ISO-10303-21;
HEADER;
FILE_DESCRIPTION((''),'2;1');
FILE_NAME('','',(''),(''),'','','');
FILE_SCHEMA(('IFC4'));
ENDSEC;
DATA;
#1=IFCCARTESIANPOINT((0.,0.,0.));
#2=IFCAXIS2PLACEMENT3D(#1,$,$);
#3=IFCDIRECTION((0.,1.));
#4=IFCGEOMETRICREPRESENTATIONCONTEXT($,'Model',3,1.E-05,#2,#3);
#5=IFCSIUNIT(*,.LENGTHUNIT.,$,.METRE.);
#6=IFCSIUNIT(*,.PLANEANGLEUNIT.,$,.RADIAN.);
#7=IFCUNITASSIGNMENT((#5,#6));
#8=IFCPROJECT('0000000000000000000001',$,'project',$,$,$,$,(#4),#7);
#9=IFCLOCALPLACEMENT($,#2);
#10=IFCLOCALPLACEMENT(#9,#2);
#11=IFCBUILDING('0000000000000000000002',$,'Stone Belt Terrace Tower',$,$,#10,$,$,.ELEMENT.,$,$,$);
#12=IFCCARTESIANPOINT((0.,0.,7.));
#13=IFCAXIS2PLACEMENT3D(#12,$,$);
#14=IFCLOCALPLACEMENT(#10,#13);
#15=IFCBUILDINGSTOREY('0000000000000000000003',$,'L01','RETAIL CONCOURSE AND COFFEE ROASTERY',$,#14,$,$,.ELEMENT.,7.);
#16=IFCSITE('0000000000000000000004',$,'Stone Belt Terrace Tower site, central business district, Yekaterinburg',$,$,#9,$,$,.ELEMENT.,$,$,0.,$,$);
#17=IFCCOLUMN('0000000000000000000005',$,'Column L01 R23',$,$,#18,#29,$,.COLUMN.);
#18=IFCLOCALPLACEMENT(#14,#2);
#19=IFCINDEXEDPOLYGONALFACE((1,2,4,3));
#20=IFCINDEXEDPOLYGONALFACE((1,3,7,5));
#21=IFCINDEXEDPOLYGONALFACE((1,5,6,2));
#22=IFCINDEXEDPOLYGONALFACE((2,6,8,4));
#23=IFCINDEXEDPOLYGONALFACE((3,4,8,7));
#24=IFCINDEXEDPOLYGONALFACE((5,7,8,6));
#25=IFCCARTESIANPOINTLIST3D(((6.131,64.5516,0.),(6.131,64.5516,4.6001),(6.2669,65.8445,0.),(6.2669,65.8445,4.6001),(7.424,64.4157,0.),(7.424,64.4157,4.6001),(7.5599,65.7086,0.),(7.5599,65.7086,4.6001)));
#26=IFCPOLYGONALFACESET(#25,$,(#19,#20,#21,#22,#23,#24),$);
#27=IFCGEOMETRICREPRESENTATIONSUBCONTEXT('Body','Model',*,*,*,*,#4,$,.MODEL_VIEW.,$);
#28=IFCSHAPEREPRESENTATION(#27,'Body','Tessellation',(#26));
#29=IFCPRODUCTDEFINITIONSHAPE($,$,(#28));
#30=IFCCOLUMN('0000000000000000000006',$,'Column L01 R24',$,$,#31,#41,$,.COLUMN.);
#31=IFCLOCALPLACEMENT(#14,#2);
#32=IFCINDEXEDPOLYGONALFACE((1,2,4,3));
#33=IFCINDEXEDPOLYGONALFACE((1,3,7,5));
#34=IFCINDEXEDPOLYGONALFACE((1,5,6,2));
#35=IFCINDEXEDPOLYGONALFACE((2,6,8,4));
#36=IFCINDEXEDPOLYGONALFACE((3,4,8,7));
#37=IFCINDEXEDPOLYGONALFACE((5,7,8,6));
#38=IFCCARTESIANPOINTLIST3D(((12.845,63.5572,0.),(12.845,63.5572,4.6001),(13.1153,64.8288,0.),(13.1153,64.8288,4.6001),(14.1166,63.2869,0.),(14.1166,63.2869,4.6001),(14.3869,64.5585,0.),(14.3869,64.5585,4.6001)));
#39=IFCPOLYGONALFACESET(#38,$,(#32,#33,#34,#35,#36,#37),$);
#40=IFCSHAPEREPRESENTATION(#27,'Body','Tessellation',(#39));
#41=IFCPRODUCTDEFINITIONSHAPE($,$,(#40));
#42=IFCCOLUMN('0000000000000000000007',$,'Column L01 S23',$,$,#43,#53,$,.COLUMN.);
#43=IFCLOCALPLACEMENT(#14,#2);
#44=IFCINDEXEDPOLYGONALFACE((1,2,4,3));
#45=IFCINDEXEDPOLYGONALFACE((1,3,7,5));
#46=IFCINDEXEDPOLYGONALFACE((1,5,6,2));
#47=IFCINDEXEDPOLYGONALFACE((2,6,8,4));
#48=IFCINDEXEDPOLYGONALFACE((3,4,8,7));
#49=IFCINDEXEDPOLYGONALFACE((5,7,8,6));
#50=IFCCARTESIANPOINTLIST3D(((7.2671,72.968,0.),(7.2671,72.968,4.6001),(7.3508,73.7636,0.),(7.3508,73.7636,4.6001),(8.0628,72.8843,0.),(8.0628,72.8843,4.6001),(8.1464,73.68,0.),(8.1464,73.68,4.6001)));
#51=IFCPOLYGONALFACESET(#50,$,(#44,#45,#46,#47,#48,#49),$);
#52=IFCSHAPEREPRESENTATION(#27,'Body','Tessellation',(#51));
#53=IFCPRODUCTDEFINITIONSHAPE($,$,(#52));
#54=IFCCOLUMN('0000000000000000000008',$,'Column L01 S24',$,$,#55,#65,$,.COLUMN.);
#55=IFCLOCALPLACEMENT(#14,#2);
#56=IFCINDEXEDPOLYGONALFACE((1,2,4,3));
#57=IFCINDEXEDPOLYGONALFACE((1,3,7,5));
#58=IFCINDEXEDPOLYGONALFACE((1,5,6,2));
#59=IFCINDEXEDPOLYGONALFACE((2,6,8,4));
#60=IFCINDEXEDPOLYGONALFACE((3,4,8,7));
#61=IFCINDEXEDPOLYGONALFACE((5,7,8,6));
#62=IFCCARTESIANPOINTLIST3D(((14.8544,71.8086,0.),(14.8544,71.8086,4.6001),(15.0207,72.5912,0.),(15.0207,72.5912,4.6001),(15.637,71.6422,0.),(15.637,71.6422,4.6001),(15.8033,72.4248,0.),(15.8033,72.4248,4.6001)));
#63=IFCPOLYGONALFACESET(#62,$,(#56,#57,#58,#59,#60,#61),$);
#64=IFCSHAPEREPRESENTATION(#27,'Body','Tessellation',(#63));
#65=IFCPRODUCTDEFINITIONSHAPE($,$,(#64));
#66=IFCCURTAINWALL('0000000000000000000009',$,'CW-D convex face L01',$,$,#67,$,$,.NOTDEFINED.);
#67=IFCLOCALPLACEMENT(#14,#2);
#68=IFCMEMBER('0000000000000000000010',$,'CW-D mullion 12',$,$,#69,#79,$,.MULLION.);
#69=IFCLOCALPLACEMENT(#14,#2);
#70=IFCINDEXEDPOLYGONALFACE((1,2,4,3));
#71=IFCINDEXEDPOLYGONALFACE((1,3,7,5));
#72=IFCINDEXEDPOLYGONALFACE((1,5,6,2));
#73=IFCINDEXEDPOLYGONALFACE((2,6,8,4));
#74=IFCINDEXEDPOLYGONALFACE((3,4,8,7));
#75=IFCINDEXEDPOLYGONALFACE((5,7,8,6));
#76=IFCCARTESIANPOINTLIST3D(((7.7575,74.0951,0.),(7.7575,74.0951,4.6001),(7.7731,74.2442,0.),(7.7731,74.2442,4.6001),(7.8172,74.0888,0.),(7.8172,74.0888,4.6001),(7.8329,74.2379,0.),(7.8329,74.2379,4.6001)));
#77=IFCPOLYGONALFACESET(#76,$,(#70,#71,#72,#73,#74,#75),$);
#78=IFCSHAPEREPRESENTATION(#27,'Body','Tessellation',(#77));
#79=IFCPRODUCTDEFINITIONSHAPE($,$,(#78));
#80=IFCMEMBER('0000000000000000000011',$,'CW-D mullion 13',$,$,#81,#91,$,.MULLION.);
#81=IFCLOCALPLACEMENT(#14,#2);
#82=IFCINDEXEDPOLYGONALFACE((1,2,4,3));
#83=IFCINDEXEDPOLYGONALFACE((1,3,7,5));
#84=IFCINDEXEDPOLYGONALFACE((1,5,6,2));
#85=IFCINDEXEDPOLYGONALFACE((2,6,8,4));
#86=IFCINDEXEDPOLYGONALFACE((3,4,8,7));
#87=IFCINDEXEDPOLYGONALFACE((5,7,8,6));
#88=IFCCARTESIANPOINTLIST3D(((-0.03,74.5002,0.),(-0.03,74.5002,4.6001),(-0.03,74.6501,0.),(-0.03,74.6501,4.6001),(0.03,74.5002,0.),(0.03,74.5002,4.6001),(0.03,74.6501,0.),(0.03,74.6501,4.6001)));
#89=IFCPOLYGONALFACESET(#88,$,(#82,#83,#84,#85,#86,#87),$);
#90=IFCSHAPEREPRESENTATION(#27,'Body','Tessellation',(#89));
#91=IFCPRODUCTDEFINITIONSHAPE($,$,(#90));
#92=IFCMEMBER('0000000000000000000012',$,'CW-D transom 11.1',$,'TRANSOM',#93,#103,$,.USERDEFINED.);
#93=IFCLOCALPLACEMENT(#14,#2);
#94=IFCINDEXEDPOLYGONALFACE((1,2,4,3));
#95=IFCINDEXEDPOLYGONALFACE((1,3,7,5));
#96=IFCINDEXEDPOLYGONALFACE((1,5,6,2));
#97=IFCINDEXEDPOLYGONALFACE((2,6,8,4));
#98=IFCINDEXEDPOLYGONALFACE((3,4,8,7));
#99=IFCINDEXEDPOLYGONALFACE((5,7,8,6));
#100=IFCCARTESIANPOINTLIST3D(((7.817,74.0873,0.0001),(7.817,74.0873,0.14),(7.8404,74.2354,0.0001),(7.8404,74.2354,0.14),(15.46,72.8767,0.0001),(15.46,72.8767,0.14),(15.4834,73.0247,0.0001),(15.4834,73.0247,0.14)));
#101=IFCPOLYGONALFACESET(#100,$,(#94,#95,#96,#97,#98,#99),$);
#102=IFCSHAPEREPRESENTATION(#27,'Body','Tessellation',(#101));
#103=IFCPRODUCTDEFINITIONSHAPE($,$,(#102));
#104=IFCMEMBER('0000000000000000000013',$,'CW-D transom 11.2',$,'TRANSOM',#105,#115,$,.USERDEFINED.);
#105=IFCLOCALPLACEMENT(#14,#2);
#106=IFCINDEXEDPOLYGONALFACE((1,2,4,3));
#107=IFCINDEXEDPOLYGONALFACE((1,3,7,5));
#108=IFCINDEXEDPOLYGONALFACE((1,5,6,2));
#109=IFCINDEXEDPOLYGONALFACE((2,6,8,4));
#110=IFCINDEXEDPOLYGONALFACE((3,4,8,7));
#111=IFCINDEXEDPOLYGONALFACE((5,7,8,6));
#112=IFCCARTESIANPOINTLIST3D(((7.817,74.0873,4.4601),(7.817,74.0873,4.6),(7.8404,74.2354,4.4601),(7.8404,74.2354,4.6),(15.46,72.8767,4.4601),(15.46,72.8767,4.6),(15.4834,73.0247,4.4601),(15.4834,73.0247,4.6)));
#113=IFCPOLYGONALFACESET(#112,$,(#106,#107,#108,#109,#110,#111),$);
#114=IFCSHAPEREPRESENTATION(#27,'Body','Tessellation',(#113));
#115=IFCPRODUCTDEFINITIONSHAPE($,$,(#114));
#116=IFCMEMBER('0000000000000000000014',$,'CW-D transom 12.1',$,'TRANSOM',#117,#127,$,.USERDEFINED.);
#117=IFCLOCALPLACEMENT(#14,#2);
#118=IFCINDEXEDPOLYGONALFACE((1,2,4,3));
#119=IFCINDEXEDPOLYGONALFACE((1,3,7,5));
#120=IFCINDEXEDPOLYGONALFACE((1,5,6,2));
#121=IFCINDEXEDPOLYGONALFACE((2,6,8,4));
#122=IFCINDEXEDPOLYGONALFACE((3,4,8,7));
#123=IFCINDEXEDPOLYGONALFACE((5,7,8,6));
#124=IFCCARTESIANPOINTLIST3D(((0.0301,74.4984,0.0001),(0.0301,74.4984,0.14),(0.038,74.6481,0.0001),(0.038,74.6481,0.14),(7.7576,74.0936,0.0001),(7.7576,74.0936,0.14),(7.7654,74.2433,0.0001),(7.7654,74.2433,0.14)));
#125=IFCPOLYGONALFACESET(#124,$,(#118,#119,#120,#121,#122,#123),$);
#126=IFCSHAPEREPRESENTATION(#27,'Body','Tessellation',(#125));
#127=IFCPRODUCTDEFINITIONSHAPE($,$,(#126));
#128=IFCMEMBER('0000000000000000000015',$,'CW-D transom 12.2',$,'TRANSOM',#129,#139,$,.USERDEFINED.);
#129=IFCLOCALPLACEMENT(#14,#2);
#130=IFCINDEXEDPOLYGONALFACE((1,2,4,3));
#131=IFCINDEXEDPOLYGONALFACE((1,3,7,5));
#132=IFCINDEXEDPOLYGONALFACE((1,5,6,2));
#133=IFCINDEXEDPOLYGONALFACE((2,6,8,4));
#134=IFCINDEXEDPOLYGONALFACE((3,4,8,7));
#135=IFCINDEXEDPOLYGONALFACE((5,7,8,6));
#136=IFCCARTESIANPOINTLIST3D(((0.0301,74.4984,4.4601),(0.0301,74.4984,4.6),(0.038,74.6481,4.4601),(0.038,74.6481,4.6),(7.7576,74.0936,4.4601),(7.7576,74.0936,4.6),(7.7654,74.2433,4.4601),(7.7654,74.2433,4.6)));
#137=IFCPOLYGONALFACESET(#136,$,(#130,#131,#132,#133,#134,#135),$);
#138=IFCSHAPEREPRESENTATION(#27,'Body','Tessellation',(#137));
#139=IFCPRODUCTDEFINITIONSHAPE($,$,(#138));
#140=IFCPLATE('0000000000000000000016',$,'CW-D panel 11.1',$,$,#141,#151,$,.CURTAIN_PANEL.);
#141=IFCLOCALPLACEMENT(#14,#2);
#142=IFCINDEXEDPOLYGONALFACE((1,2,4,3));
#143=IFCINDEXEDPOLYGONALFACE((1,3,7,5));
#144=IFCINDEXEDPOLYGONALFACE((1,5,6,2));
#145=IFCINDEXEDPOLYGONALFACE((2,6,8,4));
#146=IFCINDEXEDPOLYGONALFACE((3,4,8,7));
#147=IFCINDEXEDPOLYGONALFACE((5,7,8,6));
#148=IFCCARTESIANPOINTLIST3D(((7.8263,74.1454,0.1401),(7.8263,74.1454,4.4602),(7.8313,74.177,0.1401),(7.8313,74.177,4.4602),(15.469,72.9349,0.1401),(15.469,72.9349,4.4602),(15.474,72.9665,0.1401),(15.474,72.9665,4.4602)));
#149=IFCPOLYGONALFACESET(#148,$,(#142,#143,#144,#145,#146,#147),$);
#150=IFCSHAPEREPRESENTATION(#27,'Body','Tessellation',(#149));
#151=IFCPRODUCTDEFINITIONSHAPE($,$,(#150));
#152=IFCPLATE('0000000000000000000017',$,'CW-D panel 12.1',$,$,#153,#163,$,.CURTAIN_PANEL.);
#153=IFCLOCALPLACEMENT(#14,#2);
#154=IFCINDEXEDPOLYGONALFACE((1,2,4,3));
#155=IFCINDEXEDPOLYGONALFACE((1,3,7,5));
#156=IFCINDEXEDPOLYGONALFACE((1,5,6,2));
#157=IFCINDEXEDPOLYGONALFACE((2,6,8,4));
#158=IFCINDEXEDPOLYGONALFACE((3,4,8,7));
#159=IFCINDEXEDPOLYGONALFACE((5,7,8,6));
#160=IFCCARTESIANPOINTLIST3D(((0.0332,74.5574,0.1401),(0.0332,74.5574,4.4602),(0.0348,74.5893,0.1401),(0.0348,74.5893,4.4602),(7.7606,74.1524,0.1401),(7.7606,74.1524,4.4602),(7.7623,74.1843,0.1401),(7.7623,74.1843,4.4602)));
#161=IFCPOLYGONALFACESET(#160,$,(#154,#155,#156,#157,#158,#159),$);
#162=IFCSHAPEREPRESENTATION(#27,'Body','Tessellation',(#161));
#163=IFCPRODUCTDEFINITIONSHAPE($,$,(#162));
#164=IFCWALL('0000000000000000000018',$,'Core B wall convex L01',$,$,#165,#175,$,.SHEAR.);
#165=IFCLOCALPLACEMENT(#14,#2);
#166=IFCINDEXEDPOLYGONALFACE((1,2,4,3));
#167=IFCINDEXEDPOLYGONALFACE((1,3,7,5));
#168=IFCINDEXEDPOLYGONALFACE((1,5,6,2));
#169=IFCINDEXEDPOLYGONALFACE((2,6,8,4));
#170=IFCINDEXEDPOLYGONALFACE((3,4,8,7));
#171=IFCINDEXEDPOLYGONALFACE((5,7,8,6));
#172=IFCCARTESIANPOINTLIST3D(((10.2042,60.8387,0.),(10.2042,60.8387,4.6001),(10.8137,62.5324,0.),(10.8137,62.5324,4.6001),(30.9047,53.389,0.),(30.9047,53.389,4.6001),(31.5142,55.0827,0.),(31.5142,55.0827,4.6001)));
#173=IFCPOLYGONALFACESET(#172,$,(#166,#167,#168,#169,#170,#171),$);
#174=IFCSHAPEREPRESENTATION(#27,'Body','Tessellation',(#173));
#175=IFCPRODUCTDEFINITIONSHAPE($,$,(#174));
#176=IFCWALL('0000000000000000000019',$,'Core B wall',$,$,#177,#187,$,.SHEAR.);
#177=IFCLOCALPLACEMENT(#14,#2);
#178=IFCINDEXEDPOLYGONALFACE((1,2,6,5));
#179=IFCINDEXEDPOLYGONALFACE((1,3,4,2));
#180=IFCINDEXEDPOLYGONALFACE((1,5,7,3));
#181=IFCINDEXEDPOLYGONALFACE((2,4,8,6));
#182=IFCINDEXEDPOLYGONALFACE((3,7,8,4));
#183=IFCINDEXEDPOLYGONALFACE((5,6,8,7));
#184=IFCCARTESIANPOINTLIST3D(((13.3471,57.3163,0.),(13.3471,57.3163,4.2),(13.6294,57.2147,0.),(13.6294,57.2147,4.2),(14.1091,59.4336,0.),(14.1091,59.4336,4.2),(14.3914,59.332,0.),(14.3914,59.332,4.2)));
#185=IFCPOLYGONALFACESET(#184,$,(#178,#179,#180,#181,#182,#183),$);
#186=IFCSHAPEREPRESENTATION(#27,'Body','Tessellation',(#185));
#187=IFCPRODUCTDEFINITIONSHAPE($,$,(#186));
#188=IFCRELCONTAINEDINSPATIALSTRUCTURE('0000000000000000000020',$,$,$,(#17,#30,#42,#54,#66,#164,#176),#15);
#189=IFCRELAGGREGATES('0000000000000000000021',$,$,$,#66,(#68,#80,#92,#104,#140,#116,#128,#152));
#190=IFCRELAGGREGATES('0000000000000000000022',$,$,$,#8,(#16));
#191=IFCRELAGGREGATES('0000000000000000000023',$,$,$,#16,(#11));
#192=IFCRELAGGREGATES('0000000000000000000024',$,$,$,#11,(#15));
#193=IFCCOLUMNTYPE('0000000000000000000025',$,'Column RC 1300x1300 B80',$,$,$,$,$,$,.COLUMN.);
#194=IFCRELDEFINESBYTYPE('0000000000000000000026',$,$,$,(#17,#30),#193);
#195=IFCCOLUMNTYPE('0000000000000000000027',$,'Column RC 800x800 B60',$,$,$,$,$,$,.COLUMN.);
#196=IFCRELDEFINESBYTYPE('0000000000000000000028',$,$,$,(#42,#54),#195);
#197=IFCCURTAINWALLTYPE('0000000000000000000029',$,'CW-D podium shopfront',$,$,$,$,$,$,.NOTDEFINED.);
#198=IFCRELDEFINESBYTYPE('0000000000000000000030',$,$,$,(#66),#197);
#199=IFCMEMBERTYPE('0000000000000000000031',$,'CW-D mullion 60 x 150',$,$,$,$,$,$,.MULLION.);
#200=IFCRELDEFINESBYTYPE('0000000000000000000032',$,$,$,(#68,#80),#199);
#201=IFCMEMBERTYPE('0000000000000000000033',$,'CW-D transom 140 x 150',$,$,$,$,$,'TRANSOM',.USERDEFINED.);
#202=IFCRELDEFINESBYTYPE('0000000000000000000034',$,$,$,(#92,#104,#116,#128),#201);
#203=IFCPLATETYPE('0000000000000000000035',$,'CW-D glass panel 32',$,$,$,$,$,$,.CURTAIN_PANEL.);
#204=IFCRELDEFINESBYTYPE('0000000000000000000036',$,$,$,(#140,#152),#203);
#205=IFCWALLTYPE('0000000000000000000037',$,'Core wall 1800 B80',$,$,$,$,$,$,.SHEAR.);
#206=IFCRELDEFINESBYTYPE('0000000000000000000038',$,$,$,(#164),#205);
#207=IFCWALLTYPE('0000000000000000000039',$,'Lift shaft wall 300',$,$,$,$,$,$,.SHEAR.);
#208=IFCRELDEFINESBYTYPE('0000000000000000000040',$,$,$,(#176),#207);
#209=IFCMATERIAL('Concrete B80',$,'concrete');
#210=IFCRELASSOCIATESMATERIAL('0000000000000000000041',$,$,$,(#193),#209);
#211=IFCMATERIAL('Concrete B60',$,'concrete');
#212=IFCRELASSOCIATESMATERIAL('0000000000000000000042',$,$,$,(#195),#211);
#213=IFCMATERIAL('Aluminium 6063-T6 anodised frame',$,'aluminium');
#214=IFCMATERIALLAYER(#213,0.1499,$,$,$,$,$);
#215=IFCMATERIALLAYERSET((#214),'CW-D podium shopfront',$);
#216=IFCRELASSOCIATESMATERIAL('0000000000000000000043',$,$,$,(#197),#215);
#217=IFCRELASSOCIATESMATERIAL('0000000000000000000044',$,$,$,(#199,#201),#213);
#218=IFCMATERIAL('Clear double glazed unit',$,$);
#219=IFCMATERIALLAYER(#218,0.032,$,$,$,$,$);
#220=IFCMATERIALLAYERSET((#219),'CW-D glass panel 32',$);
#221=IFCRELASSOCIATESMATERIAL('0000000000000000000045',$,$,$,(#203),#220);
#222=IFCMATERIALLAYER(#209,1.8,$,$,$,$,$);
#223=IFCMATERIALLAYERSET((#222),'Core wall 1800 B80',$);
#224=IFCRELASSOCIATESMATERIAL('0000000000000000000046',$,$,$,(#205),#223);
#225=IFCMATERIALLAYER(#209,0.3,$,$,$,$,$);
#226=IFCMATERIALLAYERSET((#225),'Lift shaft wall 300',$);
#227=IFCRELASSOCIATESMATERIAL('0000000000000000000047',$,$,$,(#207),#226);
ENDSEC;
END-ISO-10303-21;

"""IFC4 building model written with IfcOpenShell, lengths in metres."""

from ifc_helpers import new_model, si_unit, direction, frame, frame_2d, origin, origin_2d, place, context, subcontext, project, spatial, rectangle, extrude, material, layer, layer_set, material_profile, profile_set, type_object, element, aggregate, save


model = new_model("IFC4")

# Units and contexts
model_context = context("Model", 3, precision=1e-05, world=origin(), true_north=direction((0.0, 1.0)))
body_context = subcontext(model_context, "Body", "Model", "MODEL_VIEW")
ifc_project = project(units=[si_unit("LENGTHUNIT", "METRE"), si_unit("PLANEANGLEUNIT", "RADIAN")], contexts=[model_context])

# Site, building, storey
site_placement = place(None, origin())
site = spatial("IfcSite", under=ifc_project, at=site_placement, Name="Stone Belt Terrace Tower site, central business district, Yekaterinburg", CompositionType="ELEMENT", RefElevation=0.0)
building_placement = place(site_placement, origin())
building = spatial("IfcBuilding", under=site, at=building_placement, Name="Stone Belt Terrace Tower", CompositionType="ELEMENT")
storey_placement = place(building_placement, frame((0.0, 0.0, 7.0)))
storey = spatial("IfcBuildingStorey", under=building, at=storey_placement, Name="L01", Description="RETAIL CONCOURSE AND COFFEE ROASTERY", CompositionType="ELEMENT", Elevation=7.0)

# Columns
ifc_material_1 = material(Name="Concrete B80", Category="concrete")
ifc_material_profile_1 = material_profile(ifc_material_1, rectangle(XDim=1.3, YDim=1.3, at=origin_2d()), Name="RC 1300x1300")
ifc_profile_set_1 = profile_set([ifc_material_profile_1], Name="Concrete B80")
column_type_1 = type_object("IfcColumnType", Name="Column RC 1300x1300 B80", PredefinedType="COLUMN", material=ifc_profile_set_1)
for number, where, z_axis, x_axis, name in (
    (1, (6.8455, 65.1301, 0.0), (0.0, 0.0, 1.0), (0.994522, -0.104528, 0.0), "Column L01 R23"),
    (2, (13.616, 64.0579, 0.0), (0.0, 0.0, 1.0), (0.978148, -0.207912, 0.0), "Column L01 R24"),
):
    element("IfcColumn", number, at=place(storey_placement, frame(where, z_axis=z_axis, x_axis=x_axis)), inside=storey, type_object=column_type_1, Name=name, PredefinedType="COLUMN", context=body_context, shape_type="SweptSolid", body=[
        extrude(rectangle(XDim=1.3, YDim=1.3, at=origin_2d()), origin(), (0.0, 0.0, 1.0), 4.6001),
    ])
ifc_material_2 = material(Name="Concrete B60", Category="concrete")
ifc_material_profile_2 = material_profile(ifc_material_2, rectangle(XDim=0.8, YDim=0.8, at=origin_2d()), Name="RC 800x800")
ifc_profile_set_2 = profile_set([ifc_material_profile_2], Name="Concrete B60")
column_type_2 = type_object("IfcColumnType", Name="Column RC 800x800 B60", PredefinedType="COLUMN", material=ifc_profile_set_2)
for number, where, z_axis, x_axis, name in (
    (3, (7.7068, 73.324, 0.0), (0.0, 0.0, 1.0), (0.994522, -0.104528, 0.0), "Column L01 S23"),
    (4, (15.3289, 72.1167, 0.0), (0.0, 0.0, 1.0), (0.978148, -0.207912, 0.0), "Column L01 S24"),
):
    element("IfcColumn", number, at=place(storey_placement, frame(where, z_axis=z_axis, x_axis=x_axis)), inside=storey, type_object=column_type_2, Name=name, PredefinedType="COLUMN", context=body_context, shape_type="SweptSolid", body=[
        extrude(rectangle(XDim=0.8, YDim=0.8, at=origin_2d()), origin(), (0.0, 0.0, 1.0), 4.6001),
    ])

# Curtain wall, members, plates
ifc_material_3 = material(Name="Aluminium 6063-T6 anodised frame", Category="aluminium")
ifc_layer_1 = layer(ifc_material_3, 0.1499)
ifc_layer_set_1 = layer_set([ifc_layer_1], Name="CW-D podium shopfront")
curtain_wall_type = type_object("IfcCurtainWallType", Name="CW-D podium shopfront", PredefinedType="NOTDEFINED", material=ifc_layer_set_1)
curtain_wall_placement = place(storey_placement, origin())
curtain_wall = element("IfcCurtainWall", 5, at=curtain_wall_placement, inside=storey, type_object=curtain_wall_type, Name="CW-D convex face L01", PredefinedType="NOTDEFINED")
ifc_material_profile_3 = material_profile(ifc_material_3, rectangle(XDim=0.1499, YDim=0.0601, at=origin_2d()), Name="Aluminium 6063-T6 60x150")
ifc_profile_set_3 = profile_set([ifc_material_profile_3], Name="Aluminium 6063-T6 anodised frame")
member_type_1 = type_object("IfcMemberType", Name="CW-D mullion 60 x 150", PredefinedType="MULLION", material=ifc_profile_set_3)
member_1_placement = place(storey_placement, frame((7.7952, 74.1665, 0.0), z_axis=(0.0, 0.0, 1.0), x_axis=(-0.104528, -0.994522, 0.0)))
member_1 = element("IfcMember", 6, at=member_1_placement, type_object=member_type_1, Name="CW-D mullion 12", PredefinedType="MULLION", context=body_context, shape_type="SweptSolid", body=[
    extrude(rectangle(XDim=0.1499, YDim=0.0601, at=origin_2d()), origin(), (0.0, 0.0, 1.0), 4.6001),
])
member_2_placement = place(storey_placement, frame((0.0, 74.5752, 0.0), z_axis=(0.0, 0.0, 1.0), x_axis=(0.0, -1.0, 0.0)))
member_2 = element("IfcMember", 7, at=member_2_placement, type_object=member_type_1, Name="CW-D mullion 13", PredefinedType="MULLION", context=body_context, shape_type="SweptSolid", body=[
    extrude(rectangle(XDim=0.1499, YDim=0.0601, at=origin_2d()), origin(), (0.0, 0.0, 1.0), 4.6001),
])
ifc_material_profile_4 = material_profile(ifc_material_3, rectangle(XDim=0.1499, YDim=0.1399, at=origin_2d()), Name="Aluminium 6063-T6 150x140")
ifc_profile_set_4 = profile_set([ifc_material_profile_4], Name="Aluminium 6063-T6 anodised frame")
member_type_2 = type_object("IfcMemberType", Name="CW-D transom 140 x 150", ElementType="TRANSOM", PredefinedType="USERDEFINED", material=ifc_profile_set_4)
member_3_placement = place(storey_placement, frame((15.4717, 72.9507, 0.0701), z_axis=(-0.987685, 0.156453, 0.0), x_axis=(-0.156453, -0.987685, 0.0)))
member_3 = element("IfcMember", 8, at=member_3_placement, type_object=member_type_2, Name="CW-D transom 11.1", ObjectType="TRANSOM", PredefinedType="USERDEFINED", context=body_context, shape_type="SweptSolid", body=[
    extrude(rectangle(XDim=0.1499, YDim=0.1399, at=origin_2d()), origin(), (0.0, 0.0, 1.0), 7.7383),
])
member_4_placement = place(storey_placement, frame((15.4717, 72.9507, 4.53), z_axis=(-0.987685, 0.156453, 0.0), x_axis=(-0.156453, -0.987685, 0.0)))
member_4 = element("IfcMember", 9, at=member_4_placement, type_object=member_type_2, Name="CW-D transom 11.2", ObjectType="TRANSOM", PredefinedType="USERDEFINED", context=body_context, shape_type="SweptSolid", body=[
    extrude(rectangle(XDim=0.1499, YDim=0.1399, at=origin_2d()), origin(), (0.0, 0.0, 1.0), 7.7383),
])
member_5_placement = place(storey_placement, frame((7.7615, 74.1685, 0.0701), z_axis=(-0.998631, 0.05231, 0.0), x_axis=(-0.05231, -0.998631, 0.0)))
member_5 = element("IfcMember", 10, at=member_5_placement, type_object=member_type_2, Name="CW-D transom 12.1", ObjectType="TRANSOM", PredefinedType="USERDEFINED", context=body_context, shape_type="SweptSolid", body=[
    extrude(rectangle(XDim=0.1499, YDim=0.1399, at=origin_2d()), origin(), (0.0, 0.0, 1.0), 7.738),
])
member_6_placement = place(storey_placement, frame((7.7615, 74.1685, 4.53), z_axis=(-0.998631, 0.05231, 0.0), x_axis=(-0.05231, -0.998631, 0.0)))
member_6 = element("IfcMember", 11, at=member_6_placement, type_object=member_type_2, Name="CW-D transom 12.2", ObjectType="TRANSOM", PredefinedType="USERDEFINED", context=body_context, shape_type="SweptSolid", body=[
    extrude(rectangle(XDim=0.1499, YDim=0.1399, at=origin_2d()), origin(), (0.0, 0.0, 1.0), 7.738),
])
ifc_material_4 = material(Name="Clear double glazed unit")
ifc_layer_2 = layer(ifc_material_4, 0.032)
ifc_layer_set_2 = layer_set([ifc_layer_2], Name="CW-D glass panel 32")
plate_type = type_object("IfcPlateType", Name="CW-D glass panel 32", PredefinedType="CURTAIN_PANEL", material=ifc_layer_set_2)
plate_1_placement = place(storey_placement, frame((11.6501, 73.5559, 0.1401), z_axis=(0.0, 0.0, 1.0), x_axis=(-0.987688, 0.156434, 0.0)))
plate_1 = element("IfcPlate", 12, at=plate_1_placement, type_object=plate_type, Name="CW-D panel 11.1", PredefinedType="CURTAIN_PANEL", context=body_context, shape_type="SweptSolid", body=[
    extrude(rectangle(XDim=7.738, YDim=0.032, at=origin_2d()), origin(), (0.0, 0.0, 1.0), 4.3201),
])
plate_2_placement = place(storey_placement, frame((3.8977, 74.3708, 0.1401), z_axis=(0.0, 0.0, 1.0), x_axis=(-0.99863, 0.052336, 0.0)))
plate_2 = element("IfcPlate", 13, at=plate_2_placement, type_object=plate_type, Name="CW-D panel 12.1", PredefinedType="CURTAIN_PANEL", context=body_context, shape_type="SweptSolid", body=[
    extrude(rectangle(XDim=7.738, YDim=0.032, at=origin_2d()), origin(), (0.0, 0.0, 1.0), 4.3201),
])
aggregate(curtain_wall, [member_1, member_2, member_3, member_4, plate_1, member_5, member_6, plate_2])

# Walls
ifc_layer_3 = layer(ifc_material_1, 1.8)
ifc_layer_set_3 = layer_set([ifc_layer_3], Name="Core wall 1800 B80")
wall_type_1 = type_object("IfcWallType", Name="Core wall 1800 B80", PredefinedType="SHEAR", material=ifc_layer_set_3)
wall_1_placement = place(storey_placement, frame((10.509, 61.6855, 0.0), z_axis=(0.0, 0.0, 1.0), x_axis=(0.940923, -0.338621, 0.0)))
element("IfcWall", 14, at=wall_1_placement, inside=storey, type_object=wall_type_1, Name="Core B wall convex L01", PredefinedType="SHEAR", context=body_context, shape_type="SweptSolid", body=[
    extrude(rectangle(XDim=22.0002, YDim=1.8, at=frame_2d((11.0, 0.0))), origin(), (0.0, 0.0, 1.0), 4.6001),
])
ifc_layer_4 = layer(ifc_material_1, 0.3)
ifc_layer_set_4 = layer_set([ifc_layer_4], Name="Lift shaft wall 300")
wall_type_2 = type_object("IfcWallType", Name="Lift shaft wall 300", PredefinedType="SHEAR", material=ifc_layer_set_4)
wall_2_placement = place(storey_placement, frame((13.4883, 57.2656, 0.0), z_axis=(0.0, 0.0, 1.0), x_axis=(0.338631, 0.940919, 0.0)))
element("IfcWall", 15, at=wall_2_placement, inside=storey, type_object=wall_type_2, Name="Core B wall", PredefinedType="SHEAR", context=body_context, shape_type="SweptSolid", body=[
    extrude(rectangle(XDim=2.2502, YDim=0.3, at=frame_2d((1.125, 0.0))), origin(), (0.0, 0.0, 1.0), 4.2),
])

save(model, "model.ifc")
